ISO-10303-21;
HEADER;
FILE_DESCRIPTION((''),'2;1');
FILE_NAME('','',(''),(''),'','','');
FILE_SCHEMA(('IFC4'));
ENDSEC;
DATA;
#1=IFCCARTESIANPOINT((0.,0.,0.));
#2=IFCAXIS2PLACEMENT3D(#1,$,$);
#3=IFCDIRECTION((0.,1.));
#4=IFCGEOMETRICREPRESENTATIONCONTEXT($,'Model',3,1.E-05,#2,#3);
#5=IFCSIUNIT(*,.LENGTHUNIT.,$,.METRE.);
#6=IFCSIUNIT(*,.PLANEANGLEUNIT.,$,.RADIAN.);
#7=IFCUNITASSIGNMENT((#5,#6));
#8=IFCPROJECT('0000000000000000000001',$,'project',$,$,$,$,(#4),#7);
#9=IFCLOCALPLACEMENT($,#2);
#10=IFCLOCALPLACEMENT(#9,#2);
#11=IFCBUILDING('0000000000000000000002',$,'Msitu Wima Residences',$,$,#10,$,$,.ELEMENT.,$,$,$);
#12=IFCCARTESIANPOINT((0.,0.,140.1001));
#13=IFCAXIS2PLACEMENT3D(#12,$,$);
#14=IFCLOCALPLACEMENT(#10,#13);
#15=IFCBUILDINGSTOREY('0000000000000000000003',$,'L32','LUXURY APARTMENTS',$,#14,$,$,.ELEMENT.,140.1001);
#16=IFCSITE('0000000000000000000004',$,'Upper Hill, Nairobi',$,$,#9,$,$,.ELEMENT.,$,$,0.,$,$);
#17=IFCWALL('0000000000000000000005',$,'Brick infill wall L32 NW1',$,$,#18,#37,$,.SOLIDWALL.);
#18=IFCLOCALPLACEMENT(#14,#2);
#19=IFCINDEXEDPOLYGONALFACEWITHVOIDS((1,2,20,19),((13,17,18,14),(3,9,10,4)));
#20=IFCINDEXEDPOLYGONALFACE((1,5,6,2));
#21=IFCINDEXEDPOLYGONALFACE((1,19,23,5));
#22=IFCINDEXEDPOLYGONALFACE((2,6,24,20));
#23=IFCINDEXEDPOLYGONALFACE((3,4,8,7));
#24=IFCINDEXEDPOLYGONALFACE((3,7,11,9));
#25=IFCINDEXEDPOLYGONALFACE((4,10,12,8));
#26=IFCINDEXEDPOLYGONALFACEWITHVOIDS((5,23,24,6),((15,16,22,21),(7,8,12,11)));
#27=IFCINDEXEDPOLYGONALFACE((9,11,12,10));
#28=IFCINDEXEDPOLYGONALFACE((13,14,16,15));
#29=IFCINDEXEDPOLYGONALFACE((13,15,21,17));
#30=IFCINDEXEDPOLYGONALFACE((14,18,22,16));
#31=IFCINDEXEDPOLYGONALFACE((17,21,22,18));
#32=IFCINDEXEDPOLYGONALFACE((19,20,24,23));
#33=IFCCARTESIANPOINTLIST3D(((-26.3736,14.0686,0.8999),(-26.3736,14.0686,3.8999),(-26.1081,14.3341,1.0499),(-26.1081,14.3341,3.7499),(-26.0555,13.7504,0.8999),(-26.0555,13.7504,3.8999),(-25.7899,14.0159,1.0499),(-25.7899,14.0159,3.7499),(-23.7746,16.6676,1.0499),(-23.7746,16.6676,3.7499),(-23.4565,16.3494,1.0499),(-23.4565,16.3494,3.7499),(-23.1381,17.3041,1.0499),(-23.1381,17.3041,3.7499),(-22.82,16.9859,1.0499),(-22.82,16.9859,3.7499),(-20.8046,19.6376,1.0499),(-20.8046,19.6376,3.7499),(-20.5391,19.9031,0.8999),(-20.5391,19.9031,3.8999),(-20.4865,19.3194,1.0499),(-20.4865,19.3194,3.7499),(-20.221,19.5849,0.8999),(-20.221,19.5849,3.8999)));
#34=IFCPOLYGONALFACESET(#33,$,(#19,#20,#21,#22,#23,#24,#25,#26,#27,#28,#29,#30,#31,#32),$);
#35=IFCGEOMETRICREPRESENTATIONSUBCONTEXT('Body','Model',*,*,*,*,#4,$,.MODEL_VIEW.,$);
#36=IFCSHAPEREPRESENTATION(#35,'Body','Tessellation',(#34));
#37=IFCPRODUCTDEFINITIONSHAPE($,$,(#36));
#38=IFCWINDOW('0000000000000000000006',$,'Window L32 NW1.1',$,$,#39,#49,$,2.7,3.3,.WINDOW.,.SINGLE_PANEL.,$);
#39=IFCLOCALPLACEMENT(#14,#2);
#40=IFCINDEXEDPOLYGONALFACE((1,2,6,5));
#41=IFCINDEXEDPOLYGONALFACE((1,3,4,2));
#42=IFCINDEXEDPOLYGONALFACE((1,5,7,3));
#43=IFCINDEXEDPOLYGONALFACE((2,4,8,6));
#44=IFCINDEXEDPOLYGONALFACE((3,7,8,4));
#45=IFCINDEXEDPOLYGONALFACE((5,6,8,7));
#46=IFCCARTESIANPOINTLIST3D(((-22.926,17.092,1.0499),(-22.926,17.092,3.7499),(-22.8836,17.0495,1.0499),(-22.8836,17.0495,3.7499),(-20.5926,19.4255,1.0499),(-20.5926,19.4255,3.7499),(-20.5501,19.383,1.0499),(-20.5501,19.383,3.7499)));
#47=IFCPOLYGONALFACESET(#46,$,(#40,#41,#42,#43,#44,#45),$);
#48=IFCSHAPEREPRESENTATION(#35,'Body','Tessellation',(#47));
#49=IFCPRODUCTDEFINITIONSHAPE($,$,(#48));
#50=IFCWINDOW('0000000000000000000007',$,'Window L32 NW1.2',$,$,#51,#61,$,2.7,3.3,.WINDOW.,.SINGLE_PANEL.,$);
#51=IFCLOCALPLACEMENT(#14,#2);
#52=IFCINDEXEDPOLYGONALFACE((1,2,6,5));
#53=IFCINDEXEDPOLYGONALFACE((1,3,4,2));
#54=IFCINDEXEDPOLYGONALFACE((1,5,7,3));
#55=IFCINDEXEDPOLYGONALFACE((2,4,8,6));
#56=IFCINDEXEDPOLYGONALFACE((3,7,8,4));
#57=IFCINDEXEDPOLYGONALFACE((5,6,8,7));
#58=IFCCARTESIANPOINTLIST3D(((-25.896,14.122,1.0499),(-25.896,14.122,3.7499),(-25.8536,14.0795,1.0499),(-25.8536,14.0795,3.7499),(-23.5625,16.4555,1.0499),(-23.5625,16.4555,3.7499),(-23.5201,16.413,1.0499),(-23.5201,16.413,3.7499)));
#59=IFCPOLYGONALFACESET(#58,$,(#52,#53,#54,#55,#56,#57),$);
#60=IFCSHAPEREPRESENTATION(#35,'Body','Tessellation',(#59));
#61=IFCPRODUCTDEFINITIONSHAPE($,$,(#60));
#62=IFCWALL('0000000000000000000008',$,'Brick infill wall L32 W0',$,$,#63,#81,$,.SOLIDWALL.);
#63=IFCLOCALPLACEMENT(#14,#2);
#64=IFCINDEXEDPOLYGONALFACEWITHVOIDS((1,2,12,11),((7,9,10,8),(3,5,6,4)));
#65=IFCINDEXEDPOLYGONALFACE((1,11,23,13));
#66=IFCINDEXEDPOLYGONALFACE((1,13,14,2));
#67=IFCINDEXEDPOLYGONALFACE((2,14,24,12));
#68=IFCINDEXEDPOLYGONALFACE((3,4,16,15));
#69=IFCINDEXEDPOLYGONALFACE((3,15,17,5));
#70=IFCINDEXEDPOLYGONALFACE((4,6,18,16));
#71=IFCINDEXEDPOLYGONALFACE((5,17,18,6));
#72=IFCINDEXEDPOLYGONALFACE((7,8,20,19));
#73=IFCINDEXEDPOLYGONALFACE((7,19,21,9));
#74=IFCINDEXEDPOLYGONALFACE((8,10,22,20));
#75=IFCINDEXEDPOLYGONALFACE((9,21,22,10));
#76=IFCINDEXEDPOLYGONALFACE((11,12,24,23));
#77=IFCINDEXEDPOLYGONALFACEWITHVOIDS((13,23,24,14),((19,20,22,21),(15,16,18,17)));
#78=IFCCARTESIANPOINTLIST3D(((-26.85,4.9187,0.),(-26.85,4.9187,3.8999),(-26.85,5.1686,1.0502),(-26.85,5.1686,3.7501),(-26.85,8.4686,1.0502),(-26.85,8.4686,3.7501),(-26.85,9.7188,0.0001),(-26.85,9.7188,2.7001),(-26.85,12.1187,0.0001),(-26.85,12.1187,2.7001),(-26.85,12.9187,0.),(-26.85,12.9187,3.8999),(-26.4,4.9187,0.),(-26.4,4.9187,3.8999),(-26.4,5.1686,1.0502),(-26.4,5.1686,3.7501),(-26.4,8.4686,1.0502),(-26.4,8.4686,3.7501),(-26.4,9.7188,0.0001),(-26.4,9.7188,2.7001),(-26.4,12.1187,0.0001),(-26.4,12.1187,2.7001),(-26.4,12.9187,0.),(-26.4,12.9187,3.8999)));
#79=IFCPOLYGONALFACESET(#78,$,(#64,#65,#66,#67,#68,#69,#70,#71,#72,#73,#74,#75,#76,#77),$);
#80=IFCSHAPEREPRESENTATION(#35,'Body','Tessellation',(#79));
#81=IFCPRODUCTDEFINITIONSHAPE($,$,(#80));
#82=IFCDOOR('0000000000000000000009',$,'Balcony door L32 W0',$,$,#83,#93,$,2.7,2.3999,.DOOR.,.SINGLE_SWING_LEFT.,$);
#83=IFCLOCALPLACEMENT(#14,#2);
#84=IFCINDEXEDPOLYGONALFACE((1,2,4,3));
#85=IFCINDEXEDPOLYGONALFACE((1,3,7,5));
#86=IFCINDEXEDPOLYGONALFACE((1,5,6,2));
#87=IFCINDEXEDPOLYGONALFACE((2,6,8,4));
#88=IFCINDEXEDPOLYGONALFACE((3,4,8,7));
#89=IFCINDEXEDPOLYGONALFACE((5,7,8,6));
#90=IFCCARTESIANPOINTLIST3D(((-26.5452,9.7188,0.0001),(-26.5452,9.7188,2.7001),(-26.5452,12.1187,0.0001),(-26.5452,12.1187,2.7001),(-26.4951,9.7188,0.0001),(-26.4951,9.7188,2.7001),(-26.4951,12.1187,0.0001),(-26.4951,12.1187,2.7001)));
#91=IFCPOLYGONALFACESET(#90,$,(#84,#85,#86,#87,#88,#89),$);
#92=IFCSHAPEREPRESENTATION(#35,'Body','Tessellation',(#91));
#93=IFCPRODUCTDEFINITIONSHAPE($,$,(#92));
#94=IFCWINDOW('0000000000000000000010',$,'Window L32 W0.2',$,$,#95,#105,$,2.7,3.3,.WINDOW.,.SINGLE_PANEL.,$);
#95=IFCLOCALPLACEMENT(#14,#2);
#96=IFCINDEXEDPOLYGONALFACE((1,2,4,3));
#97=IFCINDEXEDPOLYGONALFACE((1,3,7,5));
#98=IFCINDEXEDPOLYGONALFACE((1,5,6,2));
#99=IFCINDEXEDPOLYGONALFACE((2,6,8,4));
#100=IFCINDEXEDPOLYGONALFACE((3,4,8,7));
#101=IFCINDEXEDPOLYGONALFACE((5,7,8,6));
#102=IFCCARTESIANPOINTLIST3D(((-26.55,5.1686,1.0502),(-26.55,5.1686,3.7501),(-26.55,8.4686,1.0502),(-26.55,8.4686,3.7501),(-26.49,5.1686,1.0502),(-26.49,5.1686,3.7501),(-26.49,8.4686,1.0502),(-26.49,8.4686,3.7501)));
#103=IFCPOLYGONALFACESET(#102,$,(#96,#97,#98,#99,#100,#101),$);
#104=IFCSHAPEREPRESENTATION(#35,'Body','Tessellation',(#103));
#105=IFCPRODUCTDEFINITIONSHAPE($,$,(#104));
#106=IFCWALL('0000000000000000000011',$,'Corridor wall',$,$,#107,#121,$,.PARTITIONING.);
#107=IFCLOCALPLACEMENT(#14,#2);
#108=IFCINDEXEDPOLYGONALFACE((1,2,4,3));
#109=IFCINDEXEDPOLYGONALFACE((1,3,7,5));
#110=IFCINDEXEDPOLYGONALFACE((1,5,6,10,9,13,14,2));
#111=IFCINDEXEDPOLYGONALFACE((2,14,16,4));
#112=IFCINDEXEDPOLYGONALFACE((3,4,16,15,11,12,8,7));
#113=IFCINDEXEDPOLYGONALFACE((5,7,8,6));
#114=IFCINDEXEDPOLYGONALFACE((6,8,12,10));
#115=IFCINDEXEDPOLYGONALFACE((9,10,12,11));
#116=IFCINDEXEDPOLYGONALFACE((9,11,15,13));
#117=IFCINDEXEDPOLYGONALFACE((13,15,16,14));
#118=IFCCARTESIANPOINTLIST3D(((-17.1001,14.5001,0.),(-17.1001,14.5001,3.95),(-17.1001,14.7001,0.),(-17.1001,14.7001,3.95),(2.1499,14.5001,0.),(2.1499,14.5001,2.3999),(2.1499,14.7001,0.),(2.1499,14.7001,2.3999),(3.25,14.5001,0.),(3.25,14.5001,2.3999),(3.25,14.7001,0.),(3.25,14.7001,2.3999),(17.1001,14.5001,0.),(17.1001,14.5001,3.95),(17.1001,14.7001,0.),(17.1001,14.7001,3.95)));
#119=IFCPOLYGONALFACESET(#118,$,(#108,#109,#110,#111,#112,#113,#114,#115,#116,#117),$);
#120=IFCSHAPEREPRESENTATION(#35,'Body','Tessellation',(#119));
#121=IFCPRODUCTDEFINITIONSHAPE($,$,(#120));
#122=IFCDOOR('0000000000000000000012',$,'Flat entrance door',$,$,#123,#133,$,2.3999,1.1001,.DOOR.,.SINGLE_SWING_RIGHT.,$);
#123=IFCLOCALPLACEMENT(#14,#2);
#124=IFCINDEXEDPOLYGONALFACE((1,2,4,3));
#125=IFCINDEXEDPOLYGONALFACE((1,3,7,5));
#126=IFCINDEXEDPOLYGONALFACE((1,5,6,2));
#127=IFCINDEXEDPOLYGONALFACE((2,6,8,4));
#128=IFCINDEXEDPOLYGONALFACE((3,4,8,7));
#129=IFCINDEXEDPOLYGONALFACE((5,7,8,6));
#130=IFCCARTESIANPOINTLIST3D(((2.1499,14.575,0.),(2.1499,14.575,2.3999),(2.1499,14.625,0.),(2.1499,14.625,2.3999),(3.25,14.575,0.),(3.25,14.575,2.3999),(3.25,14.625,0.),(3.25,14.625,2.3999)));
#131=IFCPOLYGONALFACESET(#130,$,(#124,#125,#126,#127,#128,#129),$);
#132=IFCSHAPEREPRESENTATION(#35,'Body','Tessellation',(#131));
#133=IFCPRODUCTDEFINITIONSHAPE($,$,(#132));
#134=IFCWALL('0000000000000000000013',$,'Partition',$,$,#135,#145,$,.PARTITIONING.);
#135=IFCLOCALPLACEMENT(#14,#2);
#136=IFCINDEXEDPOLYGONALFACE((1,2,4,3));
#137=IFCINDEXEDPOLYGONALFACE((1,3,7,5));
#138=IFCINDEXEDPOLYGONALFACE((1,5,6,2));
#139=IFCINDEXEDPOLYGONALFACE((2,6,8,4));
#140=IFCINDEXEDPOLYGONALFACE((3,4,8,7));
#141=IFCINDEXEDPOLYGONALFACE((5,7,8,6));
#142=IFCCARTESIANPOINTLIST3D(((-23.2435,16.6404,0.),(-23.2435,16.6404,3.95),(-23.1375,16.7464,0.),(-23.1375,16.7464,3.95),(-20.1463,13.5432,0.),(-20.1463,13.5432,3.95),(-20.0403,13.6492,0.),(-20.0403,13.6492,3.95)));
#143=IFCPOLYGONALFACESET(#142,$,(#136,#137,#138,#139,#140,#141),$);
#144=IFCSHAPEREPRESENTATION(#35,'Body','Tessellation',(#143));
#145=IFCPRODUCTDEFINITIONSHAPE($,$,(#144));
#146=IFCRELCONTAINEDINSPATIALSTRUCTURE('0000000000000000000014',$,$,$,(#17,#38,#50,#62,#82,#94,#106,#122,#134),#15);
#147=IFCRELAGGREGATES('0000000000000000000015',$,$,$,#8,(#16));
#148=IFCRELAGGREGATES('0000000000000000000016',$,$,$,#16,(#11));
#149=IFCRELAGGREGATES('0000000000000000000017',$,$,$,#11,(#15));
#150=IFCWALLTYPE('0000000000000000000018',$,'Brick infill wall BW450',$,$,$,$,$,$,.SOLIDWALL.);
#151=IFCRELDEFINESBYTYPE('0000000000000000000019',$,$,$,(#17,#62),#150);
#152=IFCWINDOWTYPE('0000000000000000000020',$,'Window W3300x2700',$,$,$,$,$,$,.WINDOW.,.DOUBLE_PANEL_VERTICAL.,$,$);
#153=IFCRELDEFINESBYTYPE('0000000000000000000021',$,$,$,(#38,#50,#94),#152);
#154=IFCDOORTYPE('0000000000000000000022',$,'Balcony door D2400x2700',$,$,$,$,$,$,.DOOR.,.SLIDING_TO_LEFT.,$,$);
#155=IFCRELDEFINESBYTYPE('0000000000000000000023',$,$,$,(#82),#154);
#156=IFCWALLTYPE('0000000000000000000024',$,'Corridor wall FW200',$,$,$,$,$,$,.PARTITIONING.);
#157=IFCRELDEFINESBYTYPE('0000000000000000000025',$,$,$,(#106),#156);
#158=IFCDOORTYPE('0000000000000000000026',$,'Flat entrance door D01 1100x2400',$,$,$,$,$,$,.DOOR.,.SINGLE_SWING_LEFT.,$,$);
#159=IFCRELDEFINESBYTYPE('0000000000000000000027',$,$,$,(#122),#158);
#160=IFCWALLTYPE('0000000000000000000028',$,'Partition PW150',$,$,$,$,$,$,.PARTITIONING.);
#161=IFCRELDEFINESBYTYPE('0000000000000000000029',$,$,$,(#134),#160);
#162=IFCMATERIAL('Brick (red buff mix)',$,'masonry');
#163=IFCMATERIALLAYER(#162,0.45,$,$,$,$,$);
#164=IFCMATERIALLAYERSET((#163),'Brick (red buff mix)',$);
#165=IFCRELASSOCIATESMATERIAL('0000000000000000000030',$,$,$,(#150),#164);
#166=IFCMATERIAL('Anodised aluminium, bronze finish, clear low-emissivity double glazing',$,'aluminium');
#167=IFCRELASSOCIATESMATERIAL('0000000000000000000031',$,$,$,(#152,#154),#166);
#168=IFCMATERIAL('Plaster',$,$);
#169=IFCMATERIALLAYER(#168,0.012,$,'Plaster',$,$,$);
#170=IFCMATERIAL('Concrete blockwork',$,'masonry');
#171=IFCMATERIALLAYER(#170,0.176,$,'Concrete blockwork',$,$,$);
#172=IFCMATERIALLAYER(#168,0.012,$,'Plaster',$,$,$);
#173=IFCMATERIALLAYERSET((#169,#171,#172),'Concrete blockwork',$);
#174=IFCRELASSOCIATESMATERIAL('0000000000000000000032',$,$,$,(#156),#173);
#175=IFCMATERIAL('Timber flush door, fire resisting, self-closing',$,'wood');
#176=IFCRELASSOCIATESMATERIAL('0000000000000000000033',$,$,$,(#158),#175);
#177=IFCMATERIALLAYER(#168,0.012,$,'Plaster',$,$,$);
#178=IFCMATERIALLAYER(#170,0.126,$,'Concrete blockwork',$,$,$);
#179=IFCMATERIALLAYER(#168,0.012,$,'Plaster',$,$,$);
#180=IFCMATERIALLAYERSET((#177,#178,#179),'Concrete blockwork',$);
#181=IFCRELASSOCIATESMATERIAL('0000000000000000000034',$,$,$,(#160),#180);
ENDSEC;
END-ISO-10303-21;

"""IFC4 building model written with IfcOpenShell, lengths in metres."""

from ifc_helpers import new_model, si_unit, direction, frame, frame_2d, origin, place, context, subcontext, project, spatial, rectangle, extrude, material, layer, layer_set, type_object, element, fill, save


model = new_model("IFC4")

# Units and contexts
model_context = context("Model", 3, precision=1e-05, world=origin(), true_north=direction((0.0, 1.0)))
body_context = subcontext(model_context, "Body", "Model", "MODEL_VIEW")
ifc_project = project(units=[si_unit("LENGTHUNIT", "METRE"), si_unit("PLANEANGLEUNIT", "RADIAN")], contexts=[model_context])

# Site, building, storey
site_placement = place(None, origin())
site = spatial("IfcSite", under=ifc_project, at=site_placement, Name="Upper Hill, Nairobi", CompositionType="ELEMENT", RefElevation=0.0)
building_placement = place(site_placement, origin())
building = spatial("IfcBuilding", under=site, at=building_placement, Name="Msitu Wima Residences", CompositionType="ELEMENT")
storey_placement = place(building_placement, frame((0.0, 0.0, 140.1001)))
storey = spatial("IfcBuildingStorey", under=building, at=storey_placement, Name="L32", Description="LUXURY APARTMENTS", CompositionType="ELEMENT", Elevation=140.1001)

# Wall, openings, windows
ifc_material_1 = material(Name="Brick (red buff mix)", Category="masonry")
ifc_layer_1 = layer(ifc_material_1, 0.45)
ifc_layer_set_1 = layer_set([ifc_layer_1], Name="Brick (red buff mix)")
wall_type_1 = type_object("IfcWallType", Name="Brick infill wall BW450", PredefinedType="SOLIDWALL", material=ifc_layer_set_1)
wall_1_placement = place(storey_placement, frame((-20.3801, 19.7439, 0.8999), z_axis=(0.0, 0.0, 1.0), x_axis=(-0.707107, -0.707107, 0.0)))
wall_1 = element("IfcWall", 1, at=wall_1_placement, inside=storey, type_object=wall_type_1, Name="Brick infill wall L32 NW1", PredefinedType="SOLIDWALL", context=body_context, shape_type="SweptSolid", body=[
    extrude(rectangle(XDim=8.2512, YDim=0.45, at=frame_2d((4.1255, 0.0))), origin(), (0.0, 0.0, 1.0), 3.0),
])
opening_1_placement = place(wall_1_placement, frame((0.3755, 0.0, 0.1499)))
opening_1 = element("IfcOpeningElement", 2, at=opening_1_placement, cuts=wall_1, PredefinedType="OPENING", context=body_context, shape_type="SweptSolid", body=[
    extrude(rectangle(XDim=3.3, YDim=2.7, at=frame_2d((1.6499, 1.3501))), frame((0.0, 0.2349, 0.0), z_axis=(0.0, -1.0, 0.0), x_axis=(1.0, 0.0, 0.0)), (0.0, 0.0, 1.0), 0.47),
])
opening_2_placement = place(wall_1_placement, frame((4.5757, 0.0, 0.1499)))
opening_2 = element("IfcOpeningElement", 3, at=opening_2_placement, cuts=wall_1, PredefinedType="OPENING", context=body_context, shape_type="SweptSolid", body=[
    extrude(rectangle(XDim=3.3, YDim=2.7, at=frame_2d((1.6499, 1.3501))), frame((0.0, 0.2349, 0.0), z_axis=(0.0, -1.0, 0.0), x_axis=(1.0, 0.0, 0.0)), (0.0, 0.0, 1.0), 0.47),
])
ifc_material_2 = material(Name="Anodised aluminium, bronze finish, clear low-emissivity double glazing", Category="aluminium")
window_type = type_object("IfcWindowType", Name="Window W3300x2700", PartitioningType="DOUBLE_PANEL_VERTICAL", PredefinedType="WINDOW", material=ifc_material_2)
window_1_placement = place(opening_1_placement, origin())
window_1 = element("IfcWindow", 4, at=window_1_placement, inside=storey, type_object=window_type, Name="Window L32 NW1.1", OverallHeight=2.7, OverallWidth=3.3, PartitioningType="SINGLE_PANEL", PredefinedType="WINDOW", context=body_context, shape_type="SweptSolid", body=[
    extrude(rectangle(XDim=3.3, YDim=2.7, at=frame_2d((1.6499, 1.3501))), frame((0.0, 0.135, 0.0), z_axis=(0.0, -1.0, 0.0), x_axis=(1.0, 0.0, 0.0)), (0.0, 0.0, 1.0), 0.0601),
])
fill(opening_1, window_1)
window_2_placement = place(opening_2_placement, origin())
window_2 = element("IfcWindow", 5, at=window_2_placement, inside=storey, type_object=window_type, Name="Window L32 NW1.2", OverallHeight=2.7, OverallWidth=3.3, PartitioningType="SINGLE_PANEL", PredefinedType="WINDOW", context=body_context, shape_type="SweptSolid", body=[
    extrude(rectangle(XDim=3.3, YDim=2.7, at=frame_2d((1.6499, 1.3501))), frame((0.0, 0.135, 0.0), z_axis=(0.0, -1.0, 0.0), x_axis=(1.0, 0.0, 0.0)), (0.0, 0.0, 1.0), 0.0601),
])
fill(opening_2, window_2)

# Wall, openings, door, window
wall_2_placement = place(storey_placement, frame((-26.625, 12.9187, 0.0), z_axis=(0.0, 0.0, 1.0), x_axis=(0.0, -1.0, 0.0)))
wall_2 = element("IfcWall", 6, at=wall_2_placement, inside=storey, type_object=wall_type_1, Name="Brick infill wall L32 W0", PredefinedType="SOLIDWALL", context=body_context, shape_type="SweptSolid", body=[
    extrude(rectangle(XDim=8.0, YDim=0.45, at=frame_2d((4.0, 0.0))), origin(), (0.0, 0.0, 1.0), 3.8999),
])
opening_3_placement = place(wall_2_placement, frame((0.8, 0.0, 0.0)))
opening_3 = element("IfcOpeningElement", 7, at=opening_3_placement, cuts=wall_2, PredefinedType="OPENING", context=body_context, shape_type="SweptSolid", body=[
    extrude(rectangle(XDim=2.3999, YDim=2.7, at=frame_2d((1.2, 1.3501))), frame((0.0, 0.2349, 0.0), z_axis=(0.0, -1.0, 0.0), x_axis=(1.0, 0.0, 0.0)), (0.0, 0.0, 1.0), 0.47),
])
opening_4_placement = place(wall_2_placement, frame((4.4502, 0.0, 1.05)))
opening_4 = element("IfcOpeningElement", 8, at=opening_4_placement, cuts=wall_2, PredefinedType="OPENING", context=body_context, shape_type="SweptSolid", body=[
    extrude(rectangle(XDim=3.3, YDim=2.7, at=frame_2d((1.6499, 1.3501))), frame((0.0, 0.2349, 0.0), z_axis=(0.0, -1.0, 0.0), x_axis=(1.0, 0.0, 0.0)), (0.0, 0.0, 1.0), 0.47),
])
door_type_1 = type_object("IfcDoorType", Name="Balcony door D2400x2700", OperationType="SLIDING_TO_LEFT", PredefinedType="DOOR", material=ifc_material_2)
door_1_placement = place(opening_3_placement, origin())
door_1 = element("IfcDoor", 9, at=door_1_placement, inside=storey, type_object=door_type_1, Name="Balcony door L32 W0", OperationType="SINGLE_SWING_LEFT", OverallHeight=2.7, OverallWidth=2.3999, PredefinedType="DOOR", context=body_context, shape_type="SweptSolid", body=[
    extrude(rectangle(XDim=2.3999, YDim=2.7, at=frame_2d((1.2, 1.3501))), frame((0.0, 0.1299, 0.0), z_axis=(0.0, -1.0, 0.0), x_axis=(1.0, 0.0, 0.0)), (0.0, 0.0, 1.0), 0.05),
])
fill(opening_3, door_1)
window_3_placement = place(opening_4_placement, origin())
window_3 = element("IfcWindow", 10, at=window_3_placement, inside=storey, type_object=window_type, Name="Window L32 W0.2", OverallHeight=2.7, OverallWidth=3.3, PartitioningType="SINGLE_PANEL", PredefinedType="WINDOW", context=body_context, shape_type="SweptSolid", body=[
    extrude(rectangle(XDim=3.3, YDim=2.7, at=frame_2d((1.6499, 1.3501))), frame((0.0, 0.135, 0.0), z_axis=(0.0, -1.0, 0.0), x_axis=(1.0, 0.0, 0.0)), (0.0, 0.0, 1.0), 0.0601),
])
fill(opening_4, window_3)

# Wall, opening, door
ifc_material_3 = material(Name="Plaster")
ifc_layer_2 = layer(ifc_material_3, 0.012, Name="Plaster")
ifc_material_4 = material(Name="Concrete blockwork", Category="masonry")
ifc_layer_3 = layer(ifc_material_4, 0.176, Name="Concrete blockwork")
ifc_layer_4 = layer(ifc_material_3, 0.012, Name="Plaster")
ifc_layer_set_2 = layer_set([ifc_layer_2, ifc_layer_3, ifc_layer_4], Name="Concrete blockwork")
wall_type_2 = type_object("IfcWallType", Name="Corridor wall FW200", PredefinedType="PARTITIONING", material=ifc_layer_set_2)
wall_3_placement = place(storey_placement, frame((-17.1001, 14.6001, 0.0), z_axis=(0.0, 0.0, 1.0), x_axis=(1.0, 0.0, 0.0)))
wall_3 = element("IfcWall", 11, at=wall_3_placement, inside=storey, type_object=wall_type_2, Name="Corridor wall", PredefinedType="PARTITIONING", context=body_context, shape_type="SweptSolid", body=[
    extrude(rectangle(XDim=34.2002, YDim=0.2, at=frame_2d((17.1001, 0.0))), origin(), (0.0, 0.0, 1.0), 3.95),
])
opening_5_placement = place(wall_3_placement, frame((19.25, 0.0, 0.0)))
opening_5 = element("IfcOpeningElement", 12, at=opening_5_placement, cuts=wall_3, PredefinedType="OPENING", context=body_context, shape_type="SweptSolid", body=[
    extrude(rectangle(XDim=1.1001, YDim=2.3999, at=frame_2d((0.55, 1.2))), frame((0.0, 0.1099, 0.0), z_axis=(0.0, -1.0, 0.0), x_axis=(1.0, 0.0, 0.0)), (0.0, 0.0, 1.0), 0.22),
])
ifc_material_5 = material(Name="Timber flush door, fire resisting, self-closing", Category="wood")
door_type_2 = type_object("IfcDoorType", Name="Flat entrance door D01 1100x2400", OperationType="SINGLE_SWING_LEFT", PredefinedType="DOOR", material=ifc_material_5)
door_2_placement = place(opening_5_placement, origin())
door_2 = element("IfcDoor", 13, at=door_2_placement, inside=storey, type_object=door_type_2, Name="Flat entrance door", OperationType="SINGLE_SWING_RIGHT", OverallHeight=2.3999, OverallWidth=1.1001, PredefinedType="DOOR", context=body_context, shape_type="SweptSolid", body=[
    extrude(rectangle(XDim=1.1001, YDim=2.3999, at=frame_2d((0.55, 1.2))), frame((0.0, 0.0249, 0.0), z_axis=(0.0, -1.0, 0.0), x_axis=(1.0, 0.0, 0.0)), (0.0, 0.0, 1.0), 0.05),
])
fill(opening_5, door_2)

# Wall
ifc_layer_5 = layer(ifc_material_3, 0.012, Name="Plaster")
ifc_layer_6 = layer(ifc_material_4, 0.126, Name="Concrete blockwork")
ifc_layer_7 = layer(ifc_material_3, 0.012, Name="Plaster")
ifc_layer_set_3 = layer_set([ifc_layer_5, ifc_layer_6, ifc_layer_7], Name="Concrete blockwork")
wall_type_3 = type_object("IfcWallType", Name="Partition PW150", PredefinedType="PARTITIONING", material=ifc_layer_set_3)
wall_4_placement = place(storey_placement, frame((-23.1904, 16.6934, 0.0), z_axis=(0.0, 0.0, 1.0), x_axis=(0.707107, -0.707107, 0.0)))
element("IfcWall", 14, at=wall_4_placement, inside=storey, type_object=wall_type_3, Name="Partition", PredefinedType="PARTITIONING", context=body_context, shape_type="SweptSolid", body=[
    extrude(rectangle(XDim=4.3801, YDim=0.1499, at=frame_2d((2.1899, 0.0))), origin(), (0.0, 0.0, 1.0), 3.95),
])

save(model, "model.ifc")
